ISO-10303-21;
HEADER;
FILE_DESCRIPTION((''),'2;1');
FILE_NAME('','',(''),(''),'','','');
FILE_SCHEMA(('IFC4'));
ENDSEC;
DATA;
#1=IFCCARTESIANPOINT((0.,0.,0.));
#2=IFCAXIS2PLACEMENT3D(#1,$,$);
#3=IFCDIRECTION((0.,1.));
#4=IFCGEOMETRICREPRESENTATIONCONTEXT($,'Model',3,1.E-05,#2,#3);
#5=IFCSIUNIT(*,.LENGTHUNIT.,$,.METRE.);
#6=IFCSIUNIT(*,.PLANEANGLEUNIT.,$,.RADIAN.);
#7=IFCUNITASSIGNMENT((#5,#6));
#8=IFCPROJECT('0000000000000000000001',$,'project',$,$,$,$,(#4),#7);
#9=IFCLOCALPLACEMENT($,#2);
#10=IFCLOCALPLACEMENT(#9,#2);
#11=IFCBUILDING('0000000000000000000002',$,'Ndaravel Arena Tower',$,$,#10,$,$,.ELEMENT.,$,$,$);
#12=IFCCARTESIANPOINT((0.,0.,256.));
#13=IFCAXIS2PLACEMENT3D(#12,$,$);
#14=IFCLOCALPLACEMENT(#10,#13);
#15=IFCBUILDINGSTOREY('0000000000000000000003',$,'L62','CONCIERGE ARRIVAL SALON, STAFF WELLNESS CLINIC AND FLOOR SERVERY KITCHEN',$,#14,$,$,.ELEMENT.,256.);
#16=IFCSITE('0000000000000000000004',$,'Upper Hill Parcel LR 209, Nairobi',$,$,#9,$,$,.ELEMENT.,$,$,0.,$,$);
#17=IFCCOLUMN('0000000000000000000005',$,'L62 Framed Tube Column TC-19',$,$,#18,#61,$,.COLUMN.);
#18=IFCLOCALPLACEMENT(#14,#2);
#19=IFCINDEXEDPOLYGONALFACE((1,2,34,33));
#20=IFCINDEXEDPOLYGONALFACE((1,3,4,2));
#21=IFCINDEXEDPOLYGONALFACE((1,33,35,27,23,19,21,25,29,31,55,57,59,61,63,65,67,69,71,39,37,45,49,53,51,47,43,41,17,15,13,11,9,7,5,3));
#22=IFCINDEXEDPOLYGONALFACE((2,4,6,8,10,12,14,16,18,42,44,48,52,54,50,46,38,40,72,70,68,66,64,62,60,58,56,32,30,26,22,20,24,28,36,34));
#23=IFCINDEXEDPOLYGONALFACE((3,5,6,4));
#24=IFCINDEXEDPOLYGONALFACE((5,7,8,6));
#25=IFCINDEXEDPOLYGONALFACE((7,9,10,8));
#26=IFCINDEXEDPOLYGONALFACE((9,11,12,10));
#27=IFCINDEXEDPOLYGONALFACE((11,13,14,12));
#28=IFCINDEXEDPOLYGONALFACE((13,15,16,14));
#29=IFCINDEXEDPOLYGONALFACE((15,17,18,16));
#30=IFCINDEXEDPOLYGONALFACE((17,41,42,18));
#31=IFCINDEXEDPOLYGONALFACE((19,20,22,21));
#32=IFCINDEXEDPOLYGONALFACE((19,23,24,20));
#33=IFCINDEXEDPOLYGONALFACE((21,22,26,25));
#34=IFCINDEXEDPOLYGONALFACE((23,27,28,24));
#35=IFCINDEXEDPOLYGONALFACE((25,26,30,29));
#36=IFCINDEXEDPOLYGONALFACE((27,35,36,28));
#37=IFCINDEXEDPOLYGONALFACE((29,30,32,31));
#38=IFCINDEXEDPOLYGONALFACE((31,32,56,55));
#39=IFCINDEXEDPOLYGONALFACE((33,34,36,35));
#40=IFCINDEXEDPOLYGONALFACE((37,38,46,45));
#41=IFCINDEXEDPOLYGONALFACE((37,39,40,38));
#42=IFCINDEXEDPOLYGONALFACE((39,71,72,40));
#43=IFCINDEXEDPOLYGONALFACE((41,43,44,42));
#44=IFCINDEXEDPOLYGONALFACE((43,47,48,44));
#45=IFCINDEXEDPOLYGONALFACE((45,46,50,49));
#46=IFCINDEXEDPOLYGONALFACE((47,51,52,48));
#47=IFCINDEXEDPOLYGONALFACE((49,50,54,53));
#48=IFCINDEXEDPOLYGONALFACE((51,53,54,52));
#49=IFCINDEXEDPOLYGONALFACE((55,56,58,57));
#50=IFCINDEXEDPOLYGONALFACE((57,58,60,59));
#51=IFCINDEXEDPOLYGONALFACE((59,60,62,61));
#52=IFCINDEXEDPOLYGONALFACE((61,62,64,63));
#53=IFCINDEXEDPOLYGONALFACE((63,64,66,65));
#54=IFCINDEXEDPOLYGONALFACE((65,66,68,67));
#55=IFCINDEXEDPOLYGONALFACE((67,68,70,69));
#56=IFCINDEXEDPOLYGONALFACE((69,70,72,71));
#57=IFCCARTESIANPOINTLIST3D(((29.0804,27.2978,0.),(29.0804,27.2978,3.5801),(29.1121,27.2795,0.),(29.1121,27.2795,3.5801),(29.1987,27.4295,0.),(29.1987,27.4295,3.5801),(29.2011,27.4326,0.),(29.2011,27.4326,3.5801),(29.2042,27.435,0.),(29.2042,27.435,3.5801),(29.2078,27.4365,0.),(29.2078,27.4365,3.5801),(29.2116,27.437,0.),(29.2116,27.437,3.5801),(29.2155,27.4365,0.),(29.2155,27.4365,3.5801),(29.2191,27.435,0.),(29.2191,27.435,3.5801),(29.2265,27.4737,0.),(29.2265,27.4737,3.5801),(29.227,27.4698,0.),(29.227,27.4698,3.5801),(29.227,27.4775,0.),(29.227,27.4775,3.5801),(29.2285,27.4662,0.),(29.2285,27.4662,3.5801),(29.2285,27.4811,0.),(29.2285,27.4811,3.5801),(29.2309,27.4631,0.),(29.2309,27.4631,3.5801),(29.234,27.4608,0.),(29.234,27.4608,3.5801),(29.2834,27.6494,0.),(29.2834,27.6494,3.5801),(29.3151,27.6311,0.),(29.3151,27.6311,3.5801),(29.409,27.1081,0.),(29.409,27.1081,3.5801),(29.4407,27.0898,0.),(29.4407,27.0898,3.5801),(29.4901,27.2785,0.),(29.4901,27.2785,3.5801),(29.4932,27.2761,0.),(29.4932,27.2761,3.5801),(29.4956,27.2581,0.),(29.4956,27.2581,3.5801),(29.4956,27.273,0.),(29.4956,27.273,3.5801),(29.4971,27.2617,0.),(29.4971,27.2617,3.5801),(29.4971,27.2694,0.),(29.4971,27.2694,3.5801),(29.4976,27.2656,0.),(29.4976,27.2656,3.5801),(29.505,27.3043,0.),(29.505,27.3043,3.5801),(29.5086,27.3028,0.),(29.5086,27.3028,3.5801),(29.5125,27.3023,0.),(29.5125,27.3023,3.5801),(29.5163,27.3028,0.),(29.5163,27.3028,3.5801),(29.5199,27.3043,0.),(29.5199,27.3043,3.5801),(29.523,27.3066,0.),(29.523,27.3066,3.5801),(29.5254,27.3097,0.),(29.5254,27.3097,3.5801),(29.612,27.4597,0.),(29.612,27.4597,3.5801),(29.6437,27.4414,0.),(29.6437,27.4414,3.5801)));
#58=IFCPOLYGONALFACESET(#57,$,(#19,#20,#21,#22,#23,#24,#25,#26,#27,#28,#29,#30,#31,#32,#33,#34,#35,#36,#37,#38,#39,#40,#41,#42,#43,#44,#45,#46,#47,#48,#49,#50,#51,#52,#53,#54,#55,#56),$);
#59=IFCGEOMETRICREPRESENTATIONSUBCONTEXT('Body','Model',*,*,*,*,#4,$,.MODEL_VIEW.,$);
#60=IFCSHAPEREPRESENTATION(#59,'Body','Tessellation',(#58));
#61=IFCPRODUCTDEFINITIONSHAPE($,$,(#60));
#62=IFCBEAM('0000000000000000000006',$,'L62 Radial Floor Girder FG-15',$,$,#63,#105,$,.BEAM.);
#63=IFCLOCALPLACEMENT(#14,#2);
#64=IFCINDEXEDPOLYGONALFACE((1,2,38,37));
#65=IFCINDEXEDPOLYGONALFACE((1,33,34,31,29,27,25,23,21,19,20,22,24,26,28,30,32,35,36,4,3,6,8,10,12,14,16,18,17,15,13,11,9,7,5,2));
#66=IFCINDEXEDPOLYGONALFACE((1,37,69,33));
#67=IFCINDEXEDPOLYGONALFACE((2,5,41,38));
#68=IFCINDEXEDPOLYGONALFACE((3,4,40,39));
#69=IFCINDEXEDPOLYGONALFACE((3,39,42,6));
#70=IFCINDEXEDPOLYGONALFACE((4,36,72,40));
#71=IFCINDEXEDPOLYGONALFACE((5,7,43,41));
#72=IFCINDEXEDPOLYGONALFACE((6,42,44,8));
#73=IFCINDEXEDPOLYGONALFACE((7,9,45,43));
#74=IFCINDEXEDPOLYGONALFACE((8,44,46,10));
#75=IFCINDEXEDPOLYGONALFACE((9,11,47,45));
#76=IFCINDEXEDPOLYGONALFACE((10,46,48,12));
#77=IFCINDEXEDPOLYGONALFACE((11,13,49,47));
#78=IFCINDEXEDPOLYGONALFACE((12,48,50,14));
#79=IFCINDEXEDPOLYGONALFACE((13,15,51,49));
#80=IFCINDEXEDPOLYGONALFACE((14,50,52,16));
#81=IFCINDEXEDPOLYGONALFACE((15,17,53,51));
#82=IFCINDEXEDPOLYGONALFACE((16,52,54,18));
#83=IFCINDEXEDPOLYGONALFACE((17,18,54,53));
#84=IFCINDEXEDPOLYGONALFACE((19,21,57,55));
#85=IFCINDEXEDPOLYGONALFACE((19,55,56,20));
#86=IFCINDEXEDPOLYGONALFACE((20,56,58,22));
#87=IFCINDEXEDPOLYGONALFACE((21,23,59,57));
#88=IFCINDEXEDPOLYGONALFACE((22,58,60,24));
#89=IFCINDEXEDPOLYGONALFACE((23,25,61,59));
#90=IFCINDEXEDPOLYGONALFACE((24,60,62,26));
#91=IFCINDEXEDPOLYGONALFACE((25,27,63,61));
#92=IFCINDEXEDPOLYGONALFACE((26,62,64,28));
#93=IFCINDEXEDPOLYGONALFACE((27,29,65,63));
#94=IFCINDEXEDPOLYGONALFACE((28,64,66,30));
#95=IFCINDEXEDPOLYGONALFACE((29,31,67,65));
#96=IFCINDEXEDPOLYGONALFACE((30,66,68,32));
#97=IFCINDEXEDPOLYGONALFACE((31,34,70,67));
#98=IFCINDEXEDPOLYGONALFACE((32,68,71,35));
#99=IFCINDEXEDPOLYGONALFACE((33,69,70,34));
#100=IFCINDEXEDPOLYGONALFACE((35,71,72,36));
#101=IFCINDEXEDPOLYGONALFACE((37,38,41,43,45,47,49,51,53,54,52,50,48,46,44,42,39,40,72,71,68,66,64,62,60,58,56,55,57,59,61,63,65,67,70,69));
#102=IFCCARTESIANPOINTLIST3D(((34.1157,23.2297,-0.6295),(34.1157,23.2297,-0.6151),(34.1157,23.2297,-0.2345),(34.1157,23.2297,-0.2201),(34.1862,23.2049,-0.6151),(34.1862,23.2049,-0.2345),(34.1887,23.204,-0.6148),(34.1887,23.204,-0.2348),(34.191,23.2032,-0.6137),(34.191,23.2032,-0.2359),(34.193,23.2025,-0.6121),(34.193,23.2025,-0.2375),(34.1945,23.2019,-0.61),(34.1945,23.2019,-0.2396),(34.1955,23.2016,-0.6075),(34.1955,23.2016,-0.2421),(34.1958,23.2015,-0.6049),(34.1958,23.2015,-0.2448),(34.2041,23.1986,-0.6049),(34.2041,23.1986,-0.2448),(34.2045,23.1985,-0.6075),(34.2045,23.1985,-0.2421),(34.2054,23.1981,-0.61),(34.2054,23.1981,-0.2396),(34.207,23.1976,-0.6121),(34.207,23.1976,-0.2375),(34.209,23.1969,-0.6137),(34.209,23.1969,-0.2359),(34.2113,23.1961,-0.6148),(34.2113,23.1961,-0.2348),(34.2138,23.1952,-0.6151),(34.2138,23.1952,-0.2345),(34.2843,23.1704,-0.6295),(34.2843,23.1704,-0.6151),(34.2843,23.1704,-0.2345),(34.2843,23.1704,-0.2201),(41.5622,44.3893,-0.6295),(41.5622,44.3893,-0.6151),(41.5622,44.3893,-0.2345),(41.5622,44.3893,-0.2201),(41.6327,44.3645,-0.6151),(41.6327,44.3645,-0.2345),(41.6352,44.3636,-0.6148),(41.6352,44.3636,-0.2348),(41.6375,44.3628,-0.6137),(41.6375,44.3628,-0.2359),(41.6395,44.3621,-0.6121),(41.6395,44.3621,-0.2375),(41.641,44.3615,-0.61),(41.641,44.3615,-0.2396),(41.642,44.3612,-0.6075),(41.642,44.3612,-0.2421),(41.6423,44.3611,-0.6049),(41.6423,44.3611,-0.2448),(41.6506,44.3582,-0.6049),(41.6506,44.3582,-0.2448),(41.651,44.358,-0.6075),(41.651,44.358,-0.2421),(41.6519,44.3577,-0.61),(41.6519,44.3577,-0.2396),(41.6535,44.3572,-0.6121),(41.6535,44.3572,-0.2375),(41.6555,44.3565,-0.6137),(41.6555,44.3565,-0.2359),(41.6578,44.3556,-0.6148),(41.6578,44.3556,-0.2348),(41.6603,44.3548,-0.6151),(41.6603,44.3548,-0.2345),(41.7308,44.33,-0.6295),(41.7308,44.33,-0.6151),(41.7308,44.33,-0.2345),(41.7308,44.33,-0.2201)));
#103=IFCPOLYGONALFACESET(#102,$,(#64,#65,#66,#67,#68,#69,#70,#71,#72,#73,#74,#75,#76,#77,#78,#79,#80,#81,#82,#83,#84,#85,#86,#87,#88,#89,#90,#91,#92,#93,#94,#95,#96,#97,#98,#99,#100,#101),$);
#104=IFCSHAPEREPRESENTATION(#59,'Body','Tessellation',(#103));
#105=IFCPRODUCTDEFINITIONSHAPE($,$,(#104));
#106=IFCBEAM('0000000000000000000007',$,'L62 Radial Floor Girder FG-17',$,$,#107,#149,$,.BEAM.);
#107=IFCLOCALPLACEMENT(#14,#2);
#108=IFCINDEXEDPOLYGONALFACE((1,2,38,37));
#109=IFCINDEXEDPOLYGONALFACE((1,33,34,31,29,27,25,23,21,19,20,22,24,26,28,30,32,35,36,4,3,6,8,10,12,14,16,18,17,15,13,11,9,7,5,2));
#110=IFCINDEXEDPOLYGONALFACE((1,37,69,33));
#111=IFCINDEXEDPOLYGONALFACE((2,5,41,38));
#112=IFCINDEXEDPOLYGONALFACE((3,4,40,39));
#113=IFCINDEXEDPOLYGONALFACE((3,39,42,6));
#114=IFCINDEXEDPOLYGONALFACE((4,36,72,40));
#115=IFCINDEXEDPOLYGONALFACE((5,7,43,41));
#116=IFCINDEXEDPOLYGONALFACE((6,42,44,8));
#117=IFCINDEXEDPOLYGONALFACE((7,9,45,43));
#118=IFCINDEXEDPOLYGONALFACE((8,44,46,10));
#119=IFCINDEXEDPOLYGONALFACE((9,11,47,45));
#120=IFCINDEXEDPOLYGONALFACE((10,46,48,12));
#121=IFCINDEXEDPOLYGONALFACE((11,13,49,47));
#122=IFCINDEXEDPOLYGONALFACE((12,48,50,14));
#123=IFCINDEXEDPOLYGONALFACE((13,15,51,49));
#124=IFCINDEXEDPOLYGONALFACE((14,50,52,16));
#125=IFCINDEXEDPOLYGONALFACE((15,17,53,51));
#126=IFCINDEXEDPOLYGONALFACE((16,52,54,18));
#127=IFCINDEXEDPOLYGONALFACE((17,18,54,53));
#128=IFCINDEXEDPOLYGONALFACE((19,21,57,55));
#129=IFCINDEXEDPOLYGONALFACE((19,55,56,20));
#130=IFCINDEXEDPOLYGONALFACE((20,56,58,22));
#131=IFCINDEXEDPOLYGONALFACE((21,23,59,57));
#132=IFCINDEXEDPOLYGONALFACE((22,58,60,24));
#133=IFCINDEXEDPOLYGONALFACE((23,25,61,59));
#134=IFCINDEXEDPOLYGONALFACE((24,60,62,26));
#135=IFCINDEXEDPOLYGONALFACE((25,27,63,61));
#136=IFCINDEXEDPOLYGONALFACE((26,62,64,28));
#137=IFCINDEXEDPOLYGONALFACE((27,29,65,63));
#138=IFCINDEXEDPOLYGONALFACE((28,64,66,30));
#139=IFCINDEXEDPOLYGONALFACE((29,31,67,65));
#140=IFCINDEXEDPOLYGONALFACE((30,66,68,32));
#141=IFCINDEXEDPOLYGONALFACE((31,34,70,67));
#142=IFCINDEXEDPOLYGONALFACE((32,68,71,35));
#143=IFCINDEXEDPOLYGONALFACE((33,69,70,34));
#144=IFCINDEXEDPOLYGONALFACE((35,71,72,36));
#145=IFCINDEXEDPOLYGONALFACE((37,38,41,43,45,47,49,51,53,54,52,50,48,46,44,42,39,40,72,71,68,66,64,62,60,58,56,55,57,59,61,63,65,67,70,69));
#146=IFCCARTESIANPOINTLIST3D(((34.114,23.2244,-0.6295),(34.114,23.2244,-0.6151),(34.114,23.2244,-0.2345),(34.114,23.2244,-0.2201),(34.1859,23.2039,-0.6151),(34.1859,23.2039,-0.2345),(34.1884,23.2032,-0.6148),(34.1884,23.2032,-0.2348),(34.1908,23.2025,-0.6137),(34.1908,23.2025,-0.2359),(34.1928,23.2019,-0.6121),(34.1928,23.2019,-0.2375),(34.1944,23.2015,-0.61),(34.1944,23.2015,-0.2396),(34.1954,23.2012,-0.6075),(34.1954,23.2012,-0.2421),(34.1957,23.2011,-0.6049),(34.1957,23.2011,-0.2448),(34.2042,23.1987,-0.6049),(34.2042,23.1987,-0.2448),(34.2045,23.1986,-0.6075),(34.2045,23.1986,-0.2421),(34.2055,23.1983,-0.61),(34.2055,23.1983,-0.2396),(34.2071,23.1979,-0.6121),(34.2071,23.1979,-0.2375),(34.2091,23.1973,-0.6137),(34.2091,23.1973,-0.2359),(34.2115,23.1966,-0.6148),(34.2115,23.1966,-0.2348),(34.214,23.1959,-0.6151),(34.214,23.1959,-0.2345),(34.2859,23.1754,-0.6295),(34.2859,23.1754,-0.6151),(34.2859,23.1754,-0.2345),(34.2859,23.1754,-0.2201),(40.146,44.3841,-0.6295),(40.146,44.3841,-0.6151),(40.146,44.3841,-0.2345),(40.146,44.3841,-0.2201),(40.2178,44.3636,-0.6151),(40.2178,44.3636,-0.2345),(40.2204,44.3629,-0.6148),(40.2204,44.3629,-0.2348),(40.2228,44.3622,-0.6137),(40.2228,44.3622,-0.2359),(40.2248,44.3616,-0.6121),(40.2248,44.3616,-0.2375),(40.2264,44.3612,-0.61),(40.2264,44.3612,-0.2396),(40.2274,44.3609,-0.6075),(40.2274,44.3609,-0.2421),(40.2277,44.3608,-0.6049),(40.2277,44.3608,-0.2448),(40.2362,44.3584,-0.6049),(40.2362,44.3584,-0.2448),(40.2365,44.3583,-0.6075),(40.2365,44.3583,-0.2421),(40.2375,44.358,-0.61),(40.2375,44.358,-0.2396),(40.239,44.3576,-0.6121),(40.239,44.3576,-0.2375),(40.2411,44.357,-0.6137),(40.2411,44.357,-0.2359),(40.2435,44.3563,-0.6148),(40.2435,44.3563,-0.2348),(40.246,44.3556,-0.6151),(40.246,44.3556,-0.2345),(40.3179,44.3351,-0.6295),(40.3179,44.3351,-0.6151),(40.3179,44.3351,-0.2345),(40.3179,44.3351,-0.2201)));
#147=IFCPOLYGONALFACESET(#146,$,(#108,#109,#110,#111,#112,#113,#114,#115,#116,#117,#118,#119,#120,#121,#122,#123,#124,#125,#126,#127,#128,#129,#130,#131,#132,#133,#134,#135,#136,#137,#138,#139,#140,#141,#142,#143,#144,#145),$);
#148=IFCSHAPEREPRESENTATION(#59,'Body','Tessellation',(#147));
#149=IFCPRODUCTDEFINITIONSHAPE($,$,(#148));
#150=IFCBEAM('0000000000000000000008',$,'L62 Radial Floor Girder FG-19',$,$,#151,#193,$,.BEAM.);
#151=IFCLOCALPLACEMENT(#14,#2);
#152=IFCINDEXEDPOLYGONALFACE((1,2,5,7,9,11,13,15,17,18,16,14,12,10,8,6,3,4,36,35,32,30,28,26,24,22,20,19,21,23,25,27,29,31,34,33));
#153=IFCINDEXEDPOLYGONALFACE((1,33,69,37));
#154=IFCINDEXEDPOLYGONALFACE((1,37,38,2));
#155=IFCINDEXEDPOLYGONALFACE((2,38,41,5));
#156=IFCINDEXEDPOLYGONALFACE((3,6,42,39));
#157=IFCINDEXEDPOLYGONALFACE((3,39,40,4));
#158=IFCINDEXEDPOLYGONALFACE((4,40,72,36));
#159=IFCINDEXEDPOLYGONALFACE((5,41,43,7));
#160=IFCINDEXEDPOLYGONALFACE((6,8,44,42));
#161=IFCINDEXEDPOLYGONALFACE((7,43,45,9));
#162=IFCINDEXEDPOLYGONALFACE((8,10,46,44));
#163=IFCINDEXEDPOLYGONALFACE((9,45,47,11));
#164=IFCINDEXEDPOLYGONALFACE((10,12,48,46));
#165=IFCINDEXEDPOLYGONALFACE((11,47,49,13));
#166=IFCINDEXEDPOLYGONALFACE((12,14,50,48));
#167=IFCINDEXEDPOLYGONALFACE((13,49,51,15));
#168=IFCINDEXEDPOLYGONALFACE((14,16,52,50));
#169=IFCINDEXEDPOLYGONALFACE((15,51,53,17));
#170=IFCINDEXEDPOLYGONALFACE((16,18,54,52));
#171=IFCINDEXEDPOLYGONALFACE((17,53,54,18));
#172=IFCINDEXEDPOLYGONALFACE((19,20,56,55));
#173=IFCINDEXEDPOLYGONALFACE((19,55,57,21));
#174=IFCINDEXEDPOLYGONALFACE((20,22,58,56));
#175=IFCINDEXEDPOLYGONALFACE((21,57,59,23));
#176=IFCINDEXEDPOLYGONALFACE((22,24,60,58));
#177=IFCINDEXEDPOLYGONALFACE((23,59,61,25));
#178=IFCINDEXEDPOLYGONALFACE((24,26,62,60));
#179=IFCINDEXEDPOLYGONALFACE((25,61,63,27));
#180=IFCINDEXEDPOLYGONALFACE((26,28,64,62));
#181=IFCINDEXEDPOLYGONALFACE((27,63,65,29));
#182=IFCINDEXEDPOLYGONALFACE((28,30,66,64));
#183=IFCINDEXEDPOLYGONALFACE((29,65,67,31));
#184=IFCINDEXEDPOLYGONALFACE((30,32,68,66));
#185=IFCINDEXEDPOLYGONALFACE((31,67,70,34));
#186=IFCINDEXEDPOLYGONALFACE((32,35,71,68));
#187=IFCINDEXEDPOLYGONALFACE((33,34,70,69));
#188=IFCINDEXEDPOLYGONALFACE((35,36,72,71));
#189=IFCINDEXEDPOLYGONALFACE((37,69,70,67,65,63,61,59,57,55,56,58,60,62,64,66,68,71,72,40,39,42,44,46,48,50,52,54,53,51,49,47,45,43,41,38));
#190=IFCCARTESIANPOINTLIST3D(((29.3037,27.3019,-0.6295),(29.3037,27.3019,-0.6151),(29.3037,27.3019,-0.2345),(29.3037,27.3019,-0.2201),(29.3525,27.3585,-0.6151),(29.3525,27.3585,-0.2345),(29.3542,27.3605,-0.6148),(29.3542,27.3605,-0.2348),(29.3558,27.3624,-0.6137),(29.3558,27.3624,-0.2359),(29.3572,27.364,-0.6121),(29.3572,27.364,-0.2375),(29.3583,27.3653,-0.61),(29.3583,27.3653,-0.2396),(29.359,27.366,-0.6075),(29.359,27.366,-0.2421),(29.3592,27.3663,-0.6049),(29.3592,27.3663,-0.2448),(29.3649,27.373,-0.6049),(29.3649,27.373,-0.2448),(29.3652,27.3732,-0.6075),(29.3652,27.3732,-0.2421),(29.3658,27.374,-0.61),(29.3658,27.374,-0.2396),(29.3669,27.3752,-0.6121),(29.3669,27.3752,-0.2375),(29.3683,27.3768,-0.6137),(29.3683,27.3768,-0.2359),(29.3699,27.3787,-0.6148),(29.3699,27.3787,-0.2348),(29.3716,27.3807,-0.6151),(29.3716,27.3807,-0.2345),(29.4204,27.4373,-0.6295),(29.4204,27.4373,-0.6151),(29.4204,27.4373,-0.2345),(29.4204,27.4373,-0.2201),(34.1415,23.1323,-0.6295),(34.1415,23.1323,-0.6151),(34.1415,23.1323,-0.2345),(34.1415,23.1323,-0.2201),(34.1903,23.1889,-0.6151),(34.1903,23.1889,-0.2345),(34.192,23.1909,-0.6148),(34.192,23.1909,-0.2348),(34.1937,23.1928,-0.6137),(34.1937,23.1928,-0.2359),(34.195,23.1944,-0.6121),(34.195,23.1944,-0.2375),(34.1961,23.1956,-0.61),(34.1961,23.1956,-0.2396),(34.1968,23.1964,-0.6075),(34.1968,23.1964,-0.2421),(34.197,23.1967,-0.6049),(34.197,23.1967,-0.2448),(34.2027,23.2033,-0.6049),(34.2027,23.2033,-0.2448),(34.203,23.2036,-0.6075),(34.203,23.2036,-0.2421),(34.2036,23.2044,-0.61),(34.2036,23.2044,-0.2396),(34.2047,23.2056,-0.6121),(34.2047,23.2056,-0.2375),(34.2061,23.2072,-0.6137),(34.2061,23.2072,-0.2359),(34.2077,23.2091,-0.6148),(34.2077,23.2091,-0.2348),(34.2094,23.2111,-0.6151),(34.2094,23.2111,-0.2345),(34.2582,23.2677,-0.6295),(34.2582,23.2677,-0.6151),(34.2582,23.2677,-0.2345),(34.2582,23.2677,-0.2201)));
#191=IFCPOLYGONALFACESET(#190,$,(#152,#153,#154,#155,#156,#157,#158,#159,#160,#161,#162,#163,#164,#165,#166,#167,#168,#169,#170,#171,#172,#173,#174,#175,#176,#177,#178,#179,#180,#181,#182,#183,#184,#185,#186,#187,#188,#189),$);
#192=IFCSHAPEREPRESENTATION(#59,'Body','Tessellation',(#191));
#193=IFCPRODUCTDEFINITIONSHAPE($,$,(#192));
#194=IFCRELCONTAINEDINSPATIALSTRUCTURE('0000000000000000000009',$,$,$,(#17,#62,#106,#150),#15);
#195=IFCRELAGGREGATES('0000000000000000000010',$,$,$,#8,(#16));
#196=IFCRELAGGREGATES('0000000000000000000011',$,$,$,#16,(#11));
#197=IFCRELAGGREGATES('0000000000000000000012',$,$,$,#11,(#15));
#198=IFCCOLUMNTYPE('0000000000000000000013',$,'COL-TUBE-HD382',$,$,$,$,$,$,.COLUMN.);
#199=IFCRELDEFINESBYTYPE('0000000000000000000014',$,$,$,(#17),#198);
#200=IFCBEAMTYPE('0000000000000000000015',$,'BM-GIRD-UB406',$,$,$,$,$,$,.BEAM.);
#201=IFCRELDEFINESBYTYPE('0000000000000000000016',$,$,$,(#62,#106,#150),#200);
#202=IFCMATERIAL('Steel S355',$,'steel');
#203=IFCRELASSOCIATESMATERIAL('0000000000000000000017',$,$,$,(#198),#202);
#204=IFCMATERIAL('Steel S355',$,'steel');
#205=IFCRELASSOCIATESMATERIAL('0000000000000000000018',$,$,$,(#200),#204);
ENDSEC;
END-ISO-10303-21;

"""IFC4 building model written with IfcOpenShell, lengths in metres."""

from ifc_helpers import new_model, si_unit, direction, frame, origin, origin_2d, place, context, subcontext, project, spatial, i_section, extrude, material, material_profile, profile_set, type_object, element, save


model = new_model("IFC4")

# Units and contexts
model_context = context("Model", 3, precision=1e-05, world=origin(), true_north=direction((0.0, 1.0)))
body_context = subcontext(model_context, "Body", "Model", "MODEL_VIEW")
ifc_project = project(units=[si_unit("LENGTHUNIT", "METRE"), si_unit("PLANEANGLEUNIT", "RADIAN")], contexts=[model_context])

# Site, building, storey
site_placement = place(None, origin())
site = spatial("IfcSite", under=ifc_project, at=site_placement, Name="Upper Hill Parcel LR 209, Nairobi", CompositionType="ELEMENT", RefElevation=0.0)
building_placement = place(site_placement, origin())
building = spatial("IfcBuilding", under=site, at=building_placement, Name="Ndaravel Arena Tower", CompositionType="ELEMENT")
storey_placement = place(building_placement, frame((0.0, 0.0, 256.0)))
storey = spatial("IfcBuildingStorey", under=building, at=storey_placement, Name="L62", Description="CONCIERGE ARRIVAL SALON, STAFF WELLNESS CLINIC AND FLOOR SERVERY KITCHEN", CompositionType="ELEMENT", Elevation=256.0)

# Column
ifc_material_1 = material(Name="Steel S355", Category="steel")
ifc_material_profile_1 = material_profile(ifc_material_1, i_section(OverallWidth=0.406, OverallDepth=0.416, WebThickness=0.0298, FlangeThickness=0.0366, FilletRadius=0.0149, at=origin_2d()), Name="HD 400x382")
ifc_profile_set_1 = profile_set([ifc_material_profile_1], Name="Steel S355")
column_type = type_object("IfcColumnType", Name="COL-TUBE-HD382", PredefinedType="COLUMN", material=ifc_profile_set_1)
for number, where, z_axis, x_axis, name in (
    (1, (29.3621, 27.3696, 0.0), (0.0, 0.0, 1.0), (0.5, 0.866025, 0.0), "L62 Framed Tube Column TC-19"),
):
    element("IfcColumn", number, at=place(storey_placement, frame(where, z_axis=z_axis, x_axis=x_axis)), inside=storey, type_object=column_type, Name=name, PredefinedType="COLUMN", context=body_context, shape_type="SweptSolid", body=[
        extrude(i_section(OverallWidth=0.406, OverallDepth=0.416, WebThickness=0.0298, FlangeThickness=0.0366, FilletRadius=0.0149, at=origin_2d()), origin(), (0.0, 0.0, 1.0), 3.5801),
    ])

# Beams
ifc_material_2 = material(Name="Steel S355", Category="steel")
ifc_material_profile_2 = material_profile(ifc_material_2, i_section(OverallWidth=0.1787, OverallDepth=0.4094, WebThickness=0.0088, FlangeThickness=0.0144, FilletRadius=0.0103, at=origin_2d()), Name="UB 406x178x67")
ifc_profile_set_2 = profile_set([ifc_material_profile_2], Name="Steel S355")
beam_type_1 = type_object("IfcBeamType", Name="BM-GIRD-UB406", PredefinedType="BEAM", material=ifc_profile_set_2)
beam_1_placement = place(storey_placement, frame((41.6465, 44.3596, -0.4248), z_axis=(-0.331964, -0.943292, 0.0), x_axis=(0.943292, -0.331964, 0.0)))
element("IfcBeam", 2, at=beam_1_placement, inside=storey, type_object=beam_type_1, Name="L62 Radial Floor Girder FG-15", PredefinedType="BEAM", context=body_context, shape_type="SweptSolid", body=[
    extrude(i_section(OverallWidth=0.1787, OverallDepth=0.4094, WebThickness=0.0088, FlangeThickness=0.0144, FilletRadius=0.0103, at=origin_2d()), origin(), (0.0, 0.0, 1.0), 22.4316),
])
beam_2_placement = place(storey_placement, frame((40.2319, 44.3596, -0.4248), z_axis=(-0.274148, -0.961687, 0.0), x_axis=(0.961687, -0.274148, 0.0)))
element("IfcBeam", 3, at=beam_2_placement, inside=storey, type_object=beam_type_1, Name="L62 Radial Floor Girder FG-17", PredefinedType="BEAM", context=body_context, shape_type="SweptSolid", body=[
    extrude(i_section(OverallWidth=0.1787, OverallDepth=0.4094, WebThickness=0.0088, FlangeThickness=0.0144, FilletRadius=0.0103, at=origin_2d()), origin(), (0.0, 0.0, 1.0), 22.0027),
])
beam_3_placement = place(storey_placement, frame((29.3621, 27.3696, -0.4248), z_axis=(0.757481, -0.652857, 0.0), x_axis=(0.652857, 0.757481, 0.0)))
element("IfcBeam", 4, at=beam_3_placement, inside=storey, type_object=beam_type_1, Name="L62 Radial Floor Girder FG-19", PredefinedType="BEAM", context=body_context, shape_type="SweptSolid", body=[
    extrude(i_section(OverallWidth=0.1787, OverallDepth=0.4094, WebThickness=0.0088, FlangeThickness=0.0144, FilletRadius=0.0103, at=origin_2d()), origin(), (0.0, 0.0, 1.0), 6.3867),
])

save(model, "model.ifc")
